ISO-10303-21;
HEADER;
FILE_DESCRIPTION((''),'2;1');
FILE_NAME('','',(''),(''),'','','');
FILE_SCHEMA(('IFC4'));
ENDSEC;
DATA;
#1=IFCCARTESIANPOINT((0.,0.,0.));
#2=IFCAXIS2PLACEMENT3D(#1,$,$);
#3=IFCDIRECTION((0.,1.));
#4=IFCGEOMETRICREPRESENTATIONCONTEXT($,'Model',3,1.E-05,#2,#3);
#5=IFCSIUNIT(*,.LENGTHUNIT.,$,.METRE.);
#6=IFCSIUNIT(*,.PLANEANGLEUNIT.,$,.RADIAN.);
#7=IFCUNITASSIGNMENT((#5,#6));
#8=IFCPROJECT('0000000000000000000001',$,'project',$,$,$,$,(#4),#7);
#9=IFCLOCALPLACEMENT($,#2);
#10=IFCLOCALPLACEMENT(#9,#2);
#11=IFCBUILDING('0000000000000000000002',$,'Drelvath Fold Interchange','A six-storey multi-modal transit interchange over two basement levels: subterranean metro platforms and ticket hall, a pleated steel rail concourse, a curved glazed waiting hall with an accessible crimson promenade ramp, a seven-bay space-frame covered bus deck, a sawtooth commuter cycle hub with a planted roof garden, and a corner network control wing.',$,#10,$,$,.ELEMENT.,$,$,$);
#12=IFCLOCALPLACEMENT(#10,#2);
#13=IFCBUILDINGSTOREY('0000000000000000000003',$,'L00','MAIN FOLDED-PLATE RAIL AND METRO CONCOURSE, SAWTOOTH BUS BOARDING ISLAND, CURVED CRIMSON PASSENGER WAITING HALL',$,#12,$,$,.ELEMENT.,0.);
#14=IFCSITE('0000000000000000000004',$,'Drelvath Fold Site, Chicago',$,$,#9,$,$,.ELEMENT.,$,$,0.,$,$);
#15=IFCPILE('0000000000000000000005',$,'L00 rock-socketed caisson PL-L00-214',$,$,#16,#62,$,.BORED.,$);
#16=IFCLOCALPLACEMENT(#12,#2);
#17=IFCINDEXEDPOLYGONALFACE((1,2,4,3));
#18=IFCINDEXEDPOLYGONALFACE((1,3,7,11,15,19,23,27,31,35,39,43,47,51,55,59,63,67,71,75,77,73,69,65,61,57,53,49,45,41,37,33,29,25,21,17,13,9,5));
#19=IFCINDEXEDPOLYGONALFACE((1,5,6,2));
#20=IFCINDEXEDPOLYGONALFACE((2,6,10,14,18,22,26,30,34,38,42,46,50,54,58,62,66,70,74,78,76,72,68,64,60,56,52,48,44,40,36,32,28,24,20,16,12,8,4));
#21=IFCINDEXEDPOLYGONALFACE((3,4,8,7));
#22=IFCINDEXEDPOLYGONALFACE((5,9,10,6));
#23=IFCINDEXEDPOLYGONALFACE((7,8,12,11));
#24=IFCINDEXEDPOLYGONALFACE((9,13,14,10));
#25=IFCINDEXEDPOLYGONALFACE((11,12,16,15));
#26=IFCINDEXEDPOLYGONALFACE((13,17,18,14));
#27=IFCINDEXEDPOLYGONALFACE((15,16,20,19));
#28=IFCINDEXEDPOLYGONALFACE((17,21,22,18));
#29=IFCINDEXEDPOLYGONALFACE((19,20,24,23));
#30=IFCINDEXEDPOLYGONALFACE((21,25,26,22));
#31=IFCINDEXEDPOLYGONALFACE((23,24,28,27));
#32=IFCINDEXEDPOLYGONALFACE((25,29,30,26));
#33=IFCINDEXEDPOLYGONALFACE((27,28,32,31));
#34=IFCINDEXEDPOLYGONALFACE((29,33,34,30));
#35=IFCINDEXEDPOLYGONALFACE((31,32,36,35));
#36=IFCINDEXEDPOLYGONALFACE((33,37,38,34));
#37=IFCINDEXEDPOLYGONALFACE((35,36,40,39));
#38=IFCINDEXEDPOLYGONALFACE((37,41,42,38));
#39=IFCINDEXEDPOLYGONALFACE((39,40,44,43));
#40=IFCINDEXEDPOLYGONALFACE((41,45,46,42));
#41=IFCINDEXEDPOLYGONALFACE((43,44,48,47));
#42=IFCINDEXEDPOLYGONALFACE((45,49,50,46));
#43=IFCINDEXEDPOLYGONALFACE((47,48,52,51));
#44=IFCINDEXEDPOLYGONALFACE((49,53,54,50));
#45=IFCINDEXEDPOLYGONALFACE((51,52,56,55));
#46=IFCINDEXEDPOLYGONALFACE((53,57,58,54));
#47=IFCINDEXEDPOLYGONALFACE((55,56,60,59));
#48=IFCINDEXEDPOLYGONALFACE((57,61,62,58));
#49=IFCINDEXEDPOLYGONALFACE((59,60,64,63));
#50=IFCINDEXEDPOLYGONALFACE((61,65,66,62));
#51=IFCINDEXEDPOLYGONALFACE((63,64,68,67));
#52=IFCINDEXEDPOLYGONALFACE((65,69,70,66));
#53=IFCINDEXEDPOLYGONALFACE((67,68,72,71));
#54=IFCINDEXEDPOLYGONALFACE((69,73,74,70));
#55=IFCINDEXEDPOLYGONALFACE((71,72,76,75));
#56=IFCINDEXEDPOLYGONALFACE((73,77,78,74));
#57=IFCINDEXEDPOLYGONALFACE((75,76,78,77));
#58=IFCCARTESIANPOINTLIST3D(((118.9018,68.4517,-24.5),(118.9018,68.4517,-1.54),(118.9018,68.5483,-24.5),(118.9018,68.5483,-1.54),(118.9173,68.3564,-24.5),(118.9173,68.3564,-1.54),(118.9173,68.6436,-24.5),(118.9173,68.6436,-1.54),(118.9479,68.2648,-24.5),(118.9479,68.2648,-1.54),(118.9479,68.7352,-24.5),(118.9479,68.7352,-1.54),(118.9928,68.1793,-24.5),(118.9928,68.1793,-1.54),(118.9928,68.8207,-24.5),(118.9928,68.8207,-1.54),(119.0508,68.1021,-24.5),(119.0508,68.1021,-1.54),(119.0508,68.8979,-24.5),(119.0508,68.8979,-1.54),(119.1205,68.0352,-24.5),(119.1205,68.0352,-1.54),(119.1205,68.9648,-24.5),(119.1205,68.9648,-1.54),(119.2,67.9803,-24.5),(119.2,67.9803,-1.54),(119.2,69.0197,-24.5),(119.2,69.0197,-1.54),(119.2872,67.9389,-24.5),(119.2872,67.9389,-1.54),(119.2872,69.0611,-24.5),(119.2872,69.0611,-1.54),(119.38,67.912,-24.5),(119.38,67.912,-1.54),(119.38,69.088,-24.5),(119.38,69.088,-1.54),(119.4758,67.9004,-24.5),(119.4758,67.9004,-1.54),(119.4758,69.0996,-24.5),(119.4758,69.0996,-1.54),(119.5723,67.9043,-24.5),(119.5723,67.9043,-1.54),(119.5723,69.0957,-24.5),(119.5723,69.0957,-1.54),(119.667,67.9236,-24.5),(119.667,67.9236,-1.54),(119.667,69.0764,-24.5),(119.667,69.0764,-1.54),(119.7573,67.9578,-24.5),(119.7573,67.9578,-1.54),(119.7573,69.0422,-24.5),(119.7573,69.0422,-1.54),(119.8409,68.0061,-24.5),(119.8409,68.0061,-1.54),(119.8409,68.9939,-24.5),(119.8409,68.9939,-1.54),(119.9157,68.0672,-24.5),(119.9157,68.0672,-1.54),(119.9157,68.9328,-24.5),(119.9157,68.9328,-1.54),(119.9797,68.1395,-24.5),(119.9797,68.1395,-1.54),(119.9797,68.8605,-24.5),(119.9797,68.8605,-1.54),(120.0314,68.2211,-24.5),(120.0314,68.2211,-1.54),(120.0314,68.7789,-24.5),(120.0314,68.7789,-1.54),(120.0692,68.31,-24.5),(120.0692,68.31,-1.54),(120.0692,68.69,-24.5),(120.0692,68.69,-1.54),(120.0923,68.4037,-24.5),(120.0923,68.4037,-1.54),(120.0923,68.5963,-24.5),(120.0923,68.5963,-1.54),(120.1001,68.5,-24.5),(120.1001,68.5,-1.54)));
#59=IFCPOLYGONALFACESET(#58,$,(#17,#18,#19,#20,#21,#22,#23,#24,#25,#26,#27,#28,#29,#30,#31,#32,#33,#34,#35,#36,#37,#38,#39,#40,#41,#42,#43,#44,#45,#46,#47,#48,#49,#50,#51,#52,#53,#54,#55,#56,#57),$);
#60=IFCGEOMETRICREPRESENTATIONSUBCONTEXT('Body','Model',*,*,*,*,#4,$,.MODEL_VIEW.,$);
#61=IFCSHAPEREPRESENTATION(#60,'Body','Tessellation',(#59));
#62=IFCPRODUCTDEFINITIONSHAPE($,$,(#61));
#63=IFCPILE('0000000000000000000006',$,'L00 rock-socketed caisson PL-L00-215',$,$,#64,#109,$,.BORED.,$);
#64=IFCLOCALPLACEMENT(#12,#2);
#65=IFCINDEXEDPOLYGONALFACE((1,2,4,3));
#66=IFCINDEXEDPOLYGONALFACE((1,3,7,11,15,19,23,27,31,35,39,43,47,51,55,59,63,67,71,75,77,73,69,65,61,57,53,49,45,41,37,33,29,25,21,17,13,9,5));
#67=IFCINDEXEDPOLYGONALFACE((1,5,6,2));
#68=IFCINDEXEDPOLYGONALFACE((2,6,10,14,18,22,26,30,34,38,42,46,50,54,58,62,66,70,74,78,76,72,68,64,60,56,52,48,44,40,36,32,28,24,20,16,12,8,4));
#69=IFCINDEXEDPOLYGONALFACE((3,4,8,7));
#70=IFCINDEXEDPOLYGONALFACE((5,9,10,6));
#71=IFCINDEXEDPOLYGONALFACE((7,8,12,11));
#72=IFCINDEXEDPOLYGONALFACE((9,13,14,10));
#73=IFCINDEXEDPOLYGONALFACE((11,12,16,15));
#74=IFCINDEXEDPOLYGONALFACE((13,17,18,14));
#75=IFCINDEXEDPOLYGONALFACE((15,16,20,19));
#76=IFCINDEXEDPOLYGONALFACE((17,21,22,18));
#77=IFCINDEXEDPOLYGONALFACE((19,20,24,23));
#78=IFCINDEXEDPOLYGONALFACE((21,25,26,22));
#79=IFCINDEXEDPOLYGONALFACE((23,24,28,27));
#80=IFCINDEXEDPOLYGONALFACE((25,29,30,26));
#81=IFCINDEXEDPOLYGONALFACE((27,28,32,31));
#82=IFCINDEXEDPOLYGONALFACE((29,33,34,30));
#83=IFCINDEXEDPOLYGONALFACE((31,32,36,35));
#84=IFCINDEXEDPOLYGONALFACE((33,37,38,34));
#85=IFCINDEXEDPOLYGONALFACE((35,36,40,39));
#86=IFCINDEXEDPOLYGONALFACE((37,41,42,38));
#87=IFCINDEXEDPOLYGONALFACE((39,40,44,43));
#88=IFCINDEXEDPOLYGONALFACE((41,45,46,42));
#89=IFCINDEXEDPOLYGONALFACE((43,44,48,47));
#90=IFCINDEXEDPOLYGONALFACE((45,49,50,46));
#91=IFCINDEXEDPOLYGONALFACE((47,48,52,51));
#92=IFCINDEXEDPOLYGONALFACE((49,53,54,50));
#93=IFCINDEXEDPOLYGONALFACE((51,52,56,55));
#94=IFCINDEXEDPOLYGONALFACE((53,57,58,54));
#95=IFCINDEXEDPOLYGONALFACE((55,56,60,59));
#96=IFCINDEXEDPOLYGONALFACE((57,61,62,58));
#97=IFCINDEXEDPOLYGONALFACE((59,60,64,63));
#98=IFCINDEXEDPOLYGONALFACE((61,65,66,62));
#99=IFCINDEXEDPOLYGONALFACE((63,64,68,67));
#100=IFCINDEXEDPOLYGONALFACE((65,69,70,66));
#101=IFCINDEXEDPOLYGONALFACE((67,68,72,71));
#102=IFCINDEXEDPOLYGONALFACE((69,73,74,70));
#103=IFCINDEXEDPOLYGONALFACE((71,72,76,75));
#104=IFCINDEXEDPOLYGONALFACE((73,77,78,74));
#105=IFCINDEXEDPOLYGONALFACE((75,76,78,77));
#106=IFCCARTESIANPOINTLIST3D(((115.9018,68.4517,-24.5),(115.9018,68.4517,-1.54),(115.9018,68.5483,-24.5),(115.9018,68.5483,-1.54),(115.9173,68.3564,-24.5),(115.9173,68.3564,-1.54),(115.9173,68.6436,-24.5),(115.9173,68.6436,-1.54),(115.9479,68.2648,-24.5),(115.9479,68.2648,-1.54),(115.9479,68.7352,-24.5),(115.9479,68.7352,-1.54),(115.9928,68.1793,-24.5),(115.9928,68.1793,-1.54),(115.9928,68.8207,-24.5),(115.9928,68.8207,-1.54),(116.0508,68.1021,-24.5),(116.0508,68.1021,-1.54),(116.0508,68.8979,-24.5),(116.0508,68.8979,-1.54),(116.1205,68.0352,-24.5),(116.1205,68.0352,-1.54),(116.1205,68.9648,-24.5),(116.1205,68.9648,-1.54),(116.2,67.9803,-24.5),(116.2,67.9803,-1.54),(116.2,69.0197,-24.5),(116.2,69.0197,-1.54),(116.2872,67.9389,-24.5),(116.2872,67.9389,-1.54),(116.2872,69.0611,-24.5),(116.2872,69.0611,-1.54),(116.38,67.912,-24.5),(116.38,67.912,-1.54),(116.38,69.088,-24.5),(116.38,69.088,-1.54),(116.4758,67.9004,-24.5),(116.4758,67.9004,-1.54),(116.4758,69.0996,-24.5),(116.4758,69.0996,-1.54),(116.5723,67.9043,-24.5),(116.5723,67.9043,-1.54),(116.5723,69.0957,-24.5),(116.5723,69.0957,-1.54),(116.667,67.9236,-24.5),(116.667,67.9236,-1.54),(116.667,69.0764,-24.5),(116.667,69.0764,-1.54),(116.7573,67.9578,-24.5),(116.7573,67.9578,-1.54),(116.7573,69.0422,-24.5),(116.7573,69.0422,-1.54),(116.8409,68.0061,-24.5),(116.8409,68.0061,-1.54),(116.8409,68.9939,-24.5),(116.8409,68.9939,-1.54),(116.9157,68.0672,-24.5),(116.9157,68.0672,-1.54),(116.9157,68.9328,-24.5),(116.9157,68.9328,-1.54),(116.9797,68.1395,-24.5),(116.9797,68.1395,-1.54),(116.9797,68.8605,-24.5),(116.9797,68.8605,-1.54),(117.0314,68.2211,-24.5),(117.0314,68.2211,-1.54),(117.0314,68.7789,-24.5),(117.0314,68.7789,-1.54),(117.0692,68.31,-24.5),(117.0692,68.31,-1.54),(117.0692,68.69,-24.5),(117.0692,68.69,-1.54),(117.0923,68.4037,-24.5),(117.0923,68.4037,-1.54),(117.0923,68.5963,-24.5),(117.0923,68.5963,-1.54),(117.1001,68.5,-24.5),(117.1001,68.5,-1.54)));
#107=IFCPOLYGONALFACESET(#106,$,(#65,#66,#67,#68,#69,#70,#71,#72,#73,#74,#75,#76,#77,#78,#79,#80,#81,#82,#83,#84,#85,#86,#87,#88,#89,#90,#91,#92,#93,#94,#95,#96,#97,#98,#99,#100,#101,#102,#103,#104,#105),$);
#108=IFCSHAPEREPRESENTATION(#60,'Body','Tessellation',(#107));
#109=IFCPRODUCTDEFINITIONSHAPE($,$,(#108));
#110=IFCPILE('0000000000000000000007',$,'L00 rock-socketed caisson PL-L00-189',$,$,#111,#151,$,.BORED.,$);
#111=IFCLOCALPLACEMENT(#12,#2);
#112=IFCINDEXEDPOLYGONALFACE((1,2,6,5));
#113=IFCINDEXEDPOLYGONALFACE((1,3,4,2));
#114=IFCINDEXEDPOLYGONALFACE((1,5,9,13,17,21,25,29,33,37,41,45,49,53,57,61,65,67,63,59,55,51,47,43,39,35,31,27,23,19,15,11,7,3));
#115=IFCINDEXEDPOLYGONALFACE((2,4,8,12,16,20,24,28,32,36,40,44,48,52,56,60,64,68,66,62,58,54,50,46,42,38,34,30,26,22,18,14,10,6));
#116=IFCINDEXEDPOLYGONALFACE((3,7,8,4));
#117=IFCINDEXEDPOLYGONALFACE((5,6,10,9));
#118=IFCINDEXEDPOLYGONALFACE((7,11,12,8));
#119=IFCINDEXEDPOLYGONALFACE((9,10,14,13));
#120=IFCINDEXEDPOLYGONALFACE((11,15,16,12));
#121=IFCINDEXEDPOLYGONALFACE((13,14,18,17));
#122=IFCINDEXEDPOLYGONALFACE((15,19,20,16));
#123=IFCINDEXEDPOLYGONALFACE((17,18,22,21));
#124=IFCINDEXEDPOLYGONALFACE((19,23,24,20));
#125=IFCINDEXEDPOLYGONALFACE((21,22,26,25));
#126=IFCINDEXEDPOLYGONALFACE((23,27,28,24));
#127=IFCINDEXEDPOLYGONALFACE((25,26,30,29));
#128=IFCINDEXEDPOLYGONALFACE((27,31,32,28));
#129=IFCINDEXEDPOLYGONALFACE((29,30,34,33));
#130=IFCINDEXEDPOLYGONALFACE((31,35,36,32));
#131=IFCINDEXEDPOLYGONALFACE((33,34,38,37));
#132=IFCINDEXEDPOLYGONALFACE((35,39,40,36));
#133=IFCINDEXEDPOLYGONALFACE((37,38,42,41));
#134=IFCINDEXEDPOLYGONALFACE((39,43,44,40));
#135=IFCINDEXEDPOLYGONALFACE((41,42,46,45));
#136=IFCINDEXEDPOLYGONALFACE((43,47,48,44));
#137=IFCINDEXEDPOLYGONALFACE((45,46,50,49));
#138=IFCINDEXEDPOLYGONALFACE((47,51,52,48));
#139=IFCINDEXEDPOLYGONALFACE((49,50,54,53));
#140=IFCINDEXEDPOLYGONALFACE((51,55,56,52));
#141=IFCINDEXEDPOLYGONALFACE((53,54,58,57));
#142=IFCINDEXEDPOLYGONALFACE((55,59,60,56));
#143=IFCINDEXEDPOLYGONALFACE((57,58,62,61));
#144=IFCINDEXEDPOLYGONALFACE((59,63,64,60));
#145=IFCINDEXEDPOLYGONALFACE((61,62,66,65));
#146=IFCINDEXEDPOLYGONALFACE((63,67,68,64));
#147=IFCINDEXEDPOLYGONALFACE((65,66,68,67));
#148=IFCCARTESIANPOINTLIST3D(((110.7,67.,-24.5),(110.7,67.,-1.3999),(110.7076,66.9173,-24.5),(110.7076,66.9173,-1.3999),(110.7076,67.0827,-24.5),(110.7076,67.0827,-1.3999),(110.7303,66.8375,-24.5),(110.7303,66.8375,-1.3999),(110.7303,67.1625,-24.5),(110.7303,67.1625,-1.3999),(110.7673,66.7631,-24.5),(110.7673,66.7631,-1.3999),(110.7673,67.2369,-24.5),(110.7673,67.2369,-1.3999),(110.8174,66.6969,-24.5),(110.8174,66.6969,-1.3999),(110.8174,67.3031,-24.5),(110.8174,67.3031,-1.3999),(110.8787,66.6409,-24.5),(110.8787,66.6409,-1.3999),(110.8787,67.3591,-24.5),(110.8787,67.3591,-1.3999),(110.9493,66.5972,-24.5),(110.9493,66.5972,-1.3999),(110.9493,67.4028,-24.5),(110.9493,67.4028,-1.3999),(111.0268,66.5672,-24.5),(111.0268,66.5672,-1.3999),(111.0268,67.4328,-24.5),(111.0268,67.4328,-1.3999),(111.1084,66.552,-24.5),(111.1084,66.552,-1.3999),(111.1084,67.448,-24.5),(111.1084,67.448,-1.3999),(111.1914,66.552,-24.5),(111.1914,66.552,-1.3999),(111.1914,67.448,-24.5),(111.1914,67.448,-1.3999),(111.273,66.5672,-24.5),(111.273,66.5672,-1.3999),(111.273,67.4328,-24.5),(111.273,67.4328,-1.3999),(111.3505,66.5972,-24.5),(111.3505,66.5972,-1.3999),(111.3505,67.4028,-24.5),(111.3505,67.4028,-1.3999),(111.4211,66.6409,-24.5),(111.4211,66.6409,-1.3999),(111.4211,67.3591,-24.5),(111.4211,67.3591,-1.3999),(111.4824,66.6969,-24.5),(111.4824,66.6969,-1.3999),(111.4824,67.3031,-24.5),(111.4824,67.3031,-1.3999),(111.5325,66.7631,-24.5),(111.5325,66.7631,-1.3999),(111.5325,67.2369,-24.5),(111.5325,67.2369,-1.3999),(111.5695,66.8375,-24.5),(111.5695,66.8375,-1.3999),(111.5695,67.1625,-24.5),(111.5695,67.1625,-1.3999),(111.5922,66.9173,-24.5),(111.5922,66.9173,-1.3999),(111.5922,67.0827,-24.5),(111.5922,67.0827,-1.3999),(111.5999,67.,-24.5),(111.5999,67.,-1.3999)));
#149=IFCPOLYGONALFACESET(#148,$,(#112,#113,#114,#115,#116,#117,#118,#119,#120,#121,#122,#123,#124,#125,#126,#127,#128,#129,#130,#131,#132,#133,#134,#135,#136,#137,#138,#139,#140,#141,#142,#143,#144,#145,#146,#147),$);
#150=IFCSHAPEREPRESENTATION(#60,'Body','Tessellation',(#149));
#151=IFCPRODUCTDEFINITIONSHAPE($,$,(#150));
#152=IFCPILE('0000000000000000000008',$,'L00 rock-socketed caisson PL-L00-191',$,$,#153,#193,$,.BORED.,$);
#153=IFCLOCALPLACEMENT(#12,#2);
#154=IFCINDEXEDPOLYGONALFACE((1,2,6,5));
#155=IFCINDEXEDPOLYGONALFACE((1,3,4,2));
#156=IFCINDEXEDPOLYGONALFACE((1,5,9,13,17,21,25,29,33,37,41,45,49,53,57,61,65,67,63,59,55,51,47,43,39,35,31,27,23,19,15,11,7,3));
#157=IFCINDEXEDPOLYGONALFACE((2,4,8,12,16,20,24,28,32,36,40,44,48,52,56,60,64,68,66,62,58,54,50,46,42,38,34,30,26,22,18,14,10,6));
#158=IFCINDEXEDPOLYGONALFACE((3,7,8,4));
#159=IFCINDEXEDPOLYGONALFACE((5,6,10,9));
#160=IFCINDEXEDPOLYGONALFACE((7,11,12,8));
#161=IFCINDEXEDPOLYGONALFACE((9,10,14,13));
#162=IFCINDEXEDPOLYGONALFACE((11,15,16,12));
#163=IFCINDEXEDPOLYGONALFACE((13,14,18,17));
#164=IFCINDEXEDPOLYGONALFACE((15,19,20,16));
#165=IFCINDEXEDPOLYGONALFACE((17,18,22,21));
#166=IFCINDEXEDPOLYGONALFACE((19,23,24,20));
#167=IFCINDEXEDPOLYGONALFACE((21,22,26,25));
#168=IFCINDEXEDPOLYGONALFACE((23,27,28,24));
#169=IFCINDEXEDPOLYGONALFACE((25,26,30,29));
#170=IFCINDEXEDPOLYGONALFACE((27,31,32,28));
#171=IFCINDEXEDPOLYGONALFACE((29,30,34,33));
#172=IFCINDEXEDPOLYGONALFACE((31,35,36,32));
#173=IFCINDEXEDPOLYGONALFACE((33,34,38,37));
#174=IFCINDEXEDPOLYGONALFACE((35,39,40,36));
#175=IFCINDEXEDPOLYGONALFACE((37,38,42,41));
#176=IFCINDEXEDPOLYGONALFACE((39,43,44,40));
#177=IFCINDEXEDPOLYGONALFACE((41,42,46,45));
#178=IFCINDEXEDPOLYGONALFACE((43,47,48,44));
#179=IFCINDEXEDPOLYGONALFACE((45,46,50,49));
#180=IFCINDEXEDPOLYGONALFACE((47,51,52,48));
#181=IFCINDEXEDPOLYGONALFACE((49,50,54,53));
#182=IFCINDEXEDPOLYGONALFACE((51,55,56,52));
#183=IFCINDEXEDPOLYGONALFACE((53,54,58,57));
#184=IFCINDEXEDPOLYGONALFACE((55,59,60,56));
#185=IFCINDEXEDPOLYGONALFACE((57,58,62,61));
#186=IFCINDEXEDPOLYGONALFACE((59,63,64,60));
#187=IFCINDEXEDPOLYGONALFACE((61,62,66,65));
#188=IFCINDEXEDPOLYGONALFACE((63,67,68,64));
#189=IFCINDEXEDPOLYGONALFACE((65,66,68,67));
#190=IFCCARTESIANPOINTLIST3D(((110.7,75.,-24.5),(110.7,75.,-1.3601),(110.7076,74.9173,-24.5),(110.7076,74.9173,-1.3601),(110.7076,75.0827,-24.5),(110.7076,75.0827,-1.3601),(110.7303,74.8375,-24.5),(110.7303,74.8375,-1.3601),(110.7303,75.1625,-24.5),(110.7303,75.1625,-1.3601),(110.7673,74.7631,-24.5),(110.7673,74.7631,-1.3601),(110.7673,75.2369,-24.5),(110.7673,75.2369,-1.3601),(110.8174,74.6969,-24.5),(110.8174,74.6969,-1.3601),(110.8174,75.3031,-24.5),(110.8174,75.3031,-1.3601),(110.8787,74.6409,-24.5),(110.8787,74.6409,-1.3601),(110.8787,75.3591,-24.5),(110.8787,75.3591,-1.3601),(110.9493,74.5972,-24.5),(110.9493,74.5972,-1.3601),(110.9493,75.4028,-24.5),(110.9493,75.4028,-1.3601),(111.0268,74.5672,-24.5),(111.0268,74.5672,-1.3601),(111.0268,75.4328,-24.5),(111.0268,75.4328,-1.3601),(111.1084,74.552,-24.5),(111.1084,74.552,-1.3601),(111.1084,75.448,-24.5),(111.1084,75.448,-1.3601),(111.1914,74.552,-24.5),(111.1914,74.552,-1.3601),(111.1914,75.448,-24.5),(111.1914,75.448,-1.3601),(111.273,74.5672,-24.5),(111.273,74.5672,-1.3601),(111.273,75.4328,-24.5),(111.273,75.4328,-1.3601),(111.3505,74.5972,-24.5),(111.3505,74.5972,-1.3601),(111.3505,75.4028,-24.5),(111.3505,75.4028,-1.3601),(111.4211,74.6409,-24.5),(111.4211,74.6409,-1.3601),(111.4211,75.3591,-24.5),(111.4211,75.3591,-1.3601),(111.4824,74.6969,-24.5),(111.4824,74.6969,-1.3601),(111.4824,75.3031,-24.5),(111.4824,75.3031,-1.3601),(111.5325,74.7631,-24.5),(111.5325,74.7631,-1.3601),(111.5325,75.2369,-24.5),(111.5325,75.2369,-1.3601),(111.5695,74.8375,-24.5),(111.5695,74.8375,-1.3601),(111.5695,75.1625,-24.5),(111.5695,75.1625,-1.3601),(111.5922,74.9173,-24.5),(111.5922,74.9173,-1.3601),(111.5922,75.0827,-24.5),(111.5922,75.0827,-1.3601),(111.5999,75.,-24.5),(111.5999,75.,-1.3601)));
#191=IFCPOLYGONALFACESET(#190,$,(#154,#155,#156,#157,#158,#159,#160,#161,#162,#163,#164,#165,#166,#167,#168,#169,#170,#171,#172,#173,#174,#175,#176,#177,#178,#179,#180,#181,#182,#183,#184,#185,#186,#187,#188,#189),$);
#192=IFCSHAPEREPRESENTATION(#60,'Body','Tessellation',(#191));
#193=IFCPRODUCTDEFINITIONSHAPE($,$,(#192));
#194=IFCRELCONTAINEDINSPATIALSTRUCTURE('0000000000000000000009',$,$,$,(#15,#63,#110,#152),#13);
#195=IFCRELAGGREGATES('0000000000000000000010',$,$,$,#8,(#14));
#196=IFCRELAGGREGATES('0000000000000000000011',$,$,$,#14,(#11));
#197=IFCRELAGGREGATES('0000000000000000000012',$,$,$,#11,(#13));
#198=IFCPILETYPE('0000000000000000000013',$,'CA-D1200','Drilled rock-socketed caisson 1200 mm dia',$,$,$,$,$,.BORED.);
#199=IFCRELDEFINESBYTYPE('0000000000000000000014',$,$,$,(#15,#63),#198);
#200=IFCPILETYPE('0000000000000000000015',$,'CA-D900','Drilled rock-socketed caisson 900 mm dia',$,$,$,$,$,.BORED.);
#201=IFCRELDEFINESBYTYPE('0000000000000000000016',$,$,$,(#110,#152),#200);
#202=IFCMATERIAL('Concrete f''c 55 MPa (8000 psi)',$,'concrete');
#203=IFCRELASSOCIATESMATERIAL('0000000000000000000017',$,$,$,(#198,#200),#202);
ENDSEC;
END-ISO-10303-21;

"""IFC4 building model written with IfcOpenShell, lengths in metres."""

from ifc_helpers import new_model, si_unit, direction, frame, origin, origin_2d, place, context, subcontext, project, spatial, circle, extrude, material, material_profile, profile_set, type_object, element, save


model = new_model("IFC4")

# Units and contexts
model_context = context("Model", 3, precision=1e-05, world=origin(), true_north=direction((0.0, 1.0)))
body_context = subcontext(model_context, "Body", "Model", "MODEL_VIEW")
ifc_project = project(units=[si_unit("LENGTHUNIT", "METRE"), si_unit("PLANEANGLEUNIT", "RADIAN")], contexts=[model_context])

# Site, building, storey
site_placement = place(None, origin())
site = spatial("IfcSite", under=ifc_project, at=site_placement, Name="Drelvath Fold Site, Chicago", CompositionType="ELEMENT", RefElevation=0.0)
building_placement = place(site_placement, origin())
building = spatial("IfcBuilding", under=site, at=building_placement, Name="Drelvath Fold Interchange", Description="A six-storey multi-modal transit interchange over two basement levels: subterranean metro platforms and ticket hall, a pleated steel rail concourse, a curved glazed waiting hall with an accessible crimson promenade ramp, a seven-bay space-frame covered bus deck, a sawtooth commuter cycle hub with a planted roof garden, and a corner network control wing.", CompositionType="ELEMENT")
storey_placement = place(building_placement, origin())
storey = spatial("IfcBuildingStorey", under=building, at=storey_placement, Name="L00", Description="MAIN FOLDED-PLATE RAIL AND METRO CONCOURSE, SAWTOOTH BUS BOARDING ISLAND, CURVED CRIMSON PASSENGER WAITING HALL", CompositionType="ELEMENT", Elevation=0.0)

# Piles
ifc_material_1 = material(Name="Concrete f'c 55 MPa (8000 psi)", Category="concrete")
ifc_material_profile_1 = material_profile(ifc_material_1, circle(Radius=0.6001, at=origin_2d()), Name="CAISSON D1200")
ifc_profile_set_1 = profile_set([ifc_material_profile_1], Name="Concrete f'c 55 MPa (8000 psi)")
pile_type_1 = type_object("IfcPileType", Name="CA-D1200", Description="Drilled rock-socketed caisson 1200 mm dia", PredefinedType="BORED", material=ifc_profile_set_1)
for number, where, z_axis, x_axis, name in (
    (1, (119.5, 68.5, -1.54), (0.0, 0.0, -1.0), (1.0, 0.0, 0.0), "L00 rock-socketed caisson PL-L00-214"),
    (2, (116.5, 68.5, -1.54), (0.0, 0.0, -1.0), (1.0, 0.0, 0.0), "L00 rock-socketed caisson PL-L00-215"),
):
    element("IfcPile", number, at=place(storey_placement, frame(where, z_axis=z_axis, x_axis=x_axis)), inside=storey, type_object=pile_type_1, Name=name, PredefinedType="BORED", context=body_context, shape_type="SweptSolid", body=[
        extrude(circle(Radius=0.6001, at=origin_2d()), origin(), (0.0, 0.0, 1.0), 22.96),
    ])
ifc_material_profile_2 = material_profile(ifc_material_1, circle(Radius=0.45, at=origin_2d()), Name="CAISSON D900")
ifc_profile_set_2 = profile_set([ifc_material_profile_2], Name="Concrete f'c 55 MPa (8000 psi)")
pile_type_2 = type_object("IfcPileType", Name="CA-D900", Description="Drilled rock-socketed caisson 900 mm dia", PredefinedType="BORED", material=ifc_profile_set_2)
pile_placement = place(storey_placement, frame((111.1499, 67.0, -1.3999), z_axis=(0.0, 0.0, -1.0), x_axis=(1.0, 0.0, 0.0)))
element("IfcPile", 3, at=pile_placement, inside=storey, type_object=pile_type_2, Name="L00 rock-socketed caisson PL-L00-189", PredefinedType="BORED", context=body_context, shape_type="SweptSolid", body=[
    extrude(circle(Radius=0.45, at=origin_2d()), origin(), (0.0, 0.0, 1.0), 23.1001),
])
for number, where, z_axis, x_axis, name in (
    (4, (111.1499, 75.0, -1.3601), (0.0, 0.0, -1.0), (1.0, 0.0, 0.0), "L00 rock-socketed caisson PL-L00-191"),
):
    element("IfcPile", number, at=place(storey_placement, frame(where, z_axis=z_axis, x_axis=x_axis)), inside=storey, type_object=pile_type_2, Name=name, PredefinedType="BORED", context=body_context, shape_type="SweptSolid", body=[
        extrude(circle(Radius=0.45, at=origin_2d()), origin(), (0.0, 0.0, 1.0), 23.1399),
    ])

save(model, "model.ifc")
